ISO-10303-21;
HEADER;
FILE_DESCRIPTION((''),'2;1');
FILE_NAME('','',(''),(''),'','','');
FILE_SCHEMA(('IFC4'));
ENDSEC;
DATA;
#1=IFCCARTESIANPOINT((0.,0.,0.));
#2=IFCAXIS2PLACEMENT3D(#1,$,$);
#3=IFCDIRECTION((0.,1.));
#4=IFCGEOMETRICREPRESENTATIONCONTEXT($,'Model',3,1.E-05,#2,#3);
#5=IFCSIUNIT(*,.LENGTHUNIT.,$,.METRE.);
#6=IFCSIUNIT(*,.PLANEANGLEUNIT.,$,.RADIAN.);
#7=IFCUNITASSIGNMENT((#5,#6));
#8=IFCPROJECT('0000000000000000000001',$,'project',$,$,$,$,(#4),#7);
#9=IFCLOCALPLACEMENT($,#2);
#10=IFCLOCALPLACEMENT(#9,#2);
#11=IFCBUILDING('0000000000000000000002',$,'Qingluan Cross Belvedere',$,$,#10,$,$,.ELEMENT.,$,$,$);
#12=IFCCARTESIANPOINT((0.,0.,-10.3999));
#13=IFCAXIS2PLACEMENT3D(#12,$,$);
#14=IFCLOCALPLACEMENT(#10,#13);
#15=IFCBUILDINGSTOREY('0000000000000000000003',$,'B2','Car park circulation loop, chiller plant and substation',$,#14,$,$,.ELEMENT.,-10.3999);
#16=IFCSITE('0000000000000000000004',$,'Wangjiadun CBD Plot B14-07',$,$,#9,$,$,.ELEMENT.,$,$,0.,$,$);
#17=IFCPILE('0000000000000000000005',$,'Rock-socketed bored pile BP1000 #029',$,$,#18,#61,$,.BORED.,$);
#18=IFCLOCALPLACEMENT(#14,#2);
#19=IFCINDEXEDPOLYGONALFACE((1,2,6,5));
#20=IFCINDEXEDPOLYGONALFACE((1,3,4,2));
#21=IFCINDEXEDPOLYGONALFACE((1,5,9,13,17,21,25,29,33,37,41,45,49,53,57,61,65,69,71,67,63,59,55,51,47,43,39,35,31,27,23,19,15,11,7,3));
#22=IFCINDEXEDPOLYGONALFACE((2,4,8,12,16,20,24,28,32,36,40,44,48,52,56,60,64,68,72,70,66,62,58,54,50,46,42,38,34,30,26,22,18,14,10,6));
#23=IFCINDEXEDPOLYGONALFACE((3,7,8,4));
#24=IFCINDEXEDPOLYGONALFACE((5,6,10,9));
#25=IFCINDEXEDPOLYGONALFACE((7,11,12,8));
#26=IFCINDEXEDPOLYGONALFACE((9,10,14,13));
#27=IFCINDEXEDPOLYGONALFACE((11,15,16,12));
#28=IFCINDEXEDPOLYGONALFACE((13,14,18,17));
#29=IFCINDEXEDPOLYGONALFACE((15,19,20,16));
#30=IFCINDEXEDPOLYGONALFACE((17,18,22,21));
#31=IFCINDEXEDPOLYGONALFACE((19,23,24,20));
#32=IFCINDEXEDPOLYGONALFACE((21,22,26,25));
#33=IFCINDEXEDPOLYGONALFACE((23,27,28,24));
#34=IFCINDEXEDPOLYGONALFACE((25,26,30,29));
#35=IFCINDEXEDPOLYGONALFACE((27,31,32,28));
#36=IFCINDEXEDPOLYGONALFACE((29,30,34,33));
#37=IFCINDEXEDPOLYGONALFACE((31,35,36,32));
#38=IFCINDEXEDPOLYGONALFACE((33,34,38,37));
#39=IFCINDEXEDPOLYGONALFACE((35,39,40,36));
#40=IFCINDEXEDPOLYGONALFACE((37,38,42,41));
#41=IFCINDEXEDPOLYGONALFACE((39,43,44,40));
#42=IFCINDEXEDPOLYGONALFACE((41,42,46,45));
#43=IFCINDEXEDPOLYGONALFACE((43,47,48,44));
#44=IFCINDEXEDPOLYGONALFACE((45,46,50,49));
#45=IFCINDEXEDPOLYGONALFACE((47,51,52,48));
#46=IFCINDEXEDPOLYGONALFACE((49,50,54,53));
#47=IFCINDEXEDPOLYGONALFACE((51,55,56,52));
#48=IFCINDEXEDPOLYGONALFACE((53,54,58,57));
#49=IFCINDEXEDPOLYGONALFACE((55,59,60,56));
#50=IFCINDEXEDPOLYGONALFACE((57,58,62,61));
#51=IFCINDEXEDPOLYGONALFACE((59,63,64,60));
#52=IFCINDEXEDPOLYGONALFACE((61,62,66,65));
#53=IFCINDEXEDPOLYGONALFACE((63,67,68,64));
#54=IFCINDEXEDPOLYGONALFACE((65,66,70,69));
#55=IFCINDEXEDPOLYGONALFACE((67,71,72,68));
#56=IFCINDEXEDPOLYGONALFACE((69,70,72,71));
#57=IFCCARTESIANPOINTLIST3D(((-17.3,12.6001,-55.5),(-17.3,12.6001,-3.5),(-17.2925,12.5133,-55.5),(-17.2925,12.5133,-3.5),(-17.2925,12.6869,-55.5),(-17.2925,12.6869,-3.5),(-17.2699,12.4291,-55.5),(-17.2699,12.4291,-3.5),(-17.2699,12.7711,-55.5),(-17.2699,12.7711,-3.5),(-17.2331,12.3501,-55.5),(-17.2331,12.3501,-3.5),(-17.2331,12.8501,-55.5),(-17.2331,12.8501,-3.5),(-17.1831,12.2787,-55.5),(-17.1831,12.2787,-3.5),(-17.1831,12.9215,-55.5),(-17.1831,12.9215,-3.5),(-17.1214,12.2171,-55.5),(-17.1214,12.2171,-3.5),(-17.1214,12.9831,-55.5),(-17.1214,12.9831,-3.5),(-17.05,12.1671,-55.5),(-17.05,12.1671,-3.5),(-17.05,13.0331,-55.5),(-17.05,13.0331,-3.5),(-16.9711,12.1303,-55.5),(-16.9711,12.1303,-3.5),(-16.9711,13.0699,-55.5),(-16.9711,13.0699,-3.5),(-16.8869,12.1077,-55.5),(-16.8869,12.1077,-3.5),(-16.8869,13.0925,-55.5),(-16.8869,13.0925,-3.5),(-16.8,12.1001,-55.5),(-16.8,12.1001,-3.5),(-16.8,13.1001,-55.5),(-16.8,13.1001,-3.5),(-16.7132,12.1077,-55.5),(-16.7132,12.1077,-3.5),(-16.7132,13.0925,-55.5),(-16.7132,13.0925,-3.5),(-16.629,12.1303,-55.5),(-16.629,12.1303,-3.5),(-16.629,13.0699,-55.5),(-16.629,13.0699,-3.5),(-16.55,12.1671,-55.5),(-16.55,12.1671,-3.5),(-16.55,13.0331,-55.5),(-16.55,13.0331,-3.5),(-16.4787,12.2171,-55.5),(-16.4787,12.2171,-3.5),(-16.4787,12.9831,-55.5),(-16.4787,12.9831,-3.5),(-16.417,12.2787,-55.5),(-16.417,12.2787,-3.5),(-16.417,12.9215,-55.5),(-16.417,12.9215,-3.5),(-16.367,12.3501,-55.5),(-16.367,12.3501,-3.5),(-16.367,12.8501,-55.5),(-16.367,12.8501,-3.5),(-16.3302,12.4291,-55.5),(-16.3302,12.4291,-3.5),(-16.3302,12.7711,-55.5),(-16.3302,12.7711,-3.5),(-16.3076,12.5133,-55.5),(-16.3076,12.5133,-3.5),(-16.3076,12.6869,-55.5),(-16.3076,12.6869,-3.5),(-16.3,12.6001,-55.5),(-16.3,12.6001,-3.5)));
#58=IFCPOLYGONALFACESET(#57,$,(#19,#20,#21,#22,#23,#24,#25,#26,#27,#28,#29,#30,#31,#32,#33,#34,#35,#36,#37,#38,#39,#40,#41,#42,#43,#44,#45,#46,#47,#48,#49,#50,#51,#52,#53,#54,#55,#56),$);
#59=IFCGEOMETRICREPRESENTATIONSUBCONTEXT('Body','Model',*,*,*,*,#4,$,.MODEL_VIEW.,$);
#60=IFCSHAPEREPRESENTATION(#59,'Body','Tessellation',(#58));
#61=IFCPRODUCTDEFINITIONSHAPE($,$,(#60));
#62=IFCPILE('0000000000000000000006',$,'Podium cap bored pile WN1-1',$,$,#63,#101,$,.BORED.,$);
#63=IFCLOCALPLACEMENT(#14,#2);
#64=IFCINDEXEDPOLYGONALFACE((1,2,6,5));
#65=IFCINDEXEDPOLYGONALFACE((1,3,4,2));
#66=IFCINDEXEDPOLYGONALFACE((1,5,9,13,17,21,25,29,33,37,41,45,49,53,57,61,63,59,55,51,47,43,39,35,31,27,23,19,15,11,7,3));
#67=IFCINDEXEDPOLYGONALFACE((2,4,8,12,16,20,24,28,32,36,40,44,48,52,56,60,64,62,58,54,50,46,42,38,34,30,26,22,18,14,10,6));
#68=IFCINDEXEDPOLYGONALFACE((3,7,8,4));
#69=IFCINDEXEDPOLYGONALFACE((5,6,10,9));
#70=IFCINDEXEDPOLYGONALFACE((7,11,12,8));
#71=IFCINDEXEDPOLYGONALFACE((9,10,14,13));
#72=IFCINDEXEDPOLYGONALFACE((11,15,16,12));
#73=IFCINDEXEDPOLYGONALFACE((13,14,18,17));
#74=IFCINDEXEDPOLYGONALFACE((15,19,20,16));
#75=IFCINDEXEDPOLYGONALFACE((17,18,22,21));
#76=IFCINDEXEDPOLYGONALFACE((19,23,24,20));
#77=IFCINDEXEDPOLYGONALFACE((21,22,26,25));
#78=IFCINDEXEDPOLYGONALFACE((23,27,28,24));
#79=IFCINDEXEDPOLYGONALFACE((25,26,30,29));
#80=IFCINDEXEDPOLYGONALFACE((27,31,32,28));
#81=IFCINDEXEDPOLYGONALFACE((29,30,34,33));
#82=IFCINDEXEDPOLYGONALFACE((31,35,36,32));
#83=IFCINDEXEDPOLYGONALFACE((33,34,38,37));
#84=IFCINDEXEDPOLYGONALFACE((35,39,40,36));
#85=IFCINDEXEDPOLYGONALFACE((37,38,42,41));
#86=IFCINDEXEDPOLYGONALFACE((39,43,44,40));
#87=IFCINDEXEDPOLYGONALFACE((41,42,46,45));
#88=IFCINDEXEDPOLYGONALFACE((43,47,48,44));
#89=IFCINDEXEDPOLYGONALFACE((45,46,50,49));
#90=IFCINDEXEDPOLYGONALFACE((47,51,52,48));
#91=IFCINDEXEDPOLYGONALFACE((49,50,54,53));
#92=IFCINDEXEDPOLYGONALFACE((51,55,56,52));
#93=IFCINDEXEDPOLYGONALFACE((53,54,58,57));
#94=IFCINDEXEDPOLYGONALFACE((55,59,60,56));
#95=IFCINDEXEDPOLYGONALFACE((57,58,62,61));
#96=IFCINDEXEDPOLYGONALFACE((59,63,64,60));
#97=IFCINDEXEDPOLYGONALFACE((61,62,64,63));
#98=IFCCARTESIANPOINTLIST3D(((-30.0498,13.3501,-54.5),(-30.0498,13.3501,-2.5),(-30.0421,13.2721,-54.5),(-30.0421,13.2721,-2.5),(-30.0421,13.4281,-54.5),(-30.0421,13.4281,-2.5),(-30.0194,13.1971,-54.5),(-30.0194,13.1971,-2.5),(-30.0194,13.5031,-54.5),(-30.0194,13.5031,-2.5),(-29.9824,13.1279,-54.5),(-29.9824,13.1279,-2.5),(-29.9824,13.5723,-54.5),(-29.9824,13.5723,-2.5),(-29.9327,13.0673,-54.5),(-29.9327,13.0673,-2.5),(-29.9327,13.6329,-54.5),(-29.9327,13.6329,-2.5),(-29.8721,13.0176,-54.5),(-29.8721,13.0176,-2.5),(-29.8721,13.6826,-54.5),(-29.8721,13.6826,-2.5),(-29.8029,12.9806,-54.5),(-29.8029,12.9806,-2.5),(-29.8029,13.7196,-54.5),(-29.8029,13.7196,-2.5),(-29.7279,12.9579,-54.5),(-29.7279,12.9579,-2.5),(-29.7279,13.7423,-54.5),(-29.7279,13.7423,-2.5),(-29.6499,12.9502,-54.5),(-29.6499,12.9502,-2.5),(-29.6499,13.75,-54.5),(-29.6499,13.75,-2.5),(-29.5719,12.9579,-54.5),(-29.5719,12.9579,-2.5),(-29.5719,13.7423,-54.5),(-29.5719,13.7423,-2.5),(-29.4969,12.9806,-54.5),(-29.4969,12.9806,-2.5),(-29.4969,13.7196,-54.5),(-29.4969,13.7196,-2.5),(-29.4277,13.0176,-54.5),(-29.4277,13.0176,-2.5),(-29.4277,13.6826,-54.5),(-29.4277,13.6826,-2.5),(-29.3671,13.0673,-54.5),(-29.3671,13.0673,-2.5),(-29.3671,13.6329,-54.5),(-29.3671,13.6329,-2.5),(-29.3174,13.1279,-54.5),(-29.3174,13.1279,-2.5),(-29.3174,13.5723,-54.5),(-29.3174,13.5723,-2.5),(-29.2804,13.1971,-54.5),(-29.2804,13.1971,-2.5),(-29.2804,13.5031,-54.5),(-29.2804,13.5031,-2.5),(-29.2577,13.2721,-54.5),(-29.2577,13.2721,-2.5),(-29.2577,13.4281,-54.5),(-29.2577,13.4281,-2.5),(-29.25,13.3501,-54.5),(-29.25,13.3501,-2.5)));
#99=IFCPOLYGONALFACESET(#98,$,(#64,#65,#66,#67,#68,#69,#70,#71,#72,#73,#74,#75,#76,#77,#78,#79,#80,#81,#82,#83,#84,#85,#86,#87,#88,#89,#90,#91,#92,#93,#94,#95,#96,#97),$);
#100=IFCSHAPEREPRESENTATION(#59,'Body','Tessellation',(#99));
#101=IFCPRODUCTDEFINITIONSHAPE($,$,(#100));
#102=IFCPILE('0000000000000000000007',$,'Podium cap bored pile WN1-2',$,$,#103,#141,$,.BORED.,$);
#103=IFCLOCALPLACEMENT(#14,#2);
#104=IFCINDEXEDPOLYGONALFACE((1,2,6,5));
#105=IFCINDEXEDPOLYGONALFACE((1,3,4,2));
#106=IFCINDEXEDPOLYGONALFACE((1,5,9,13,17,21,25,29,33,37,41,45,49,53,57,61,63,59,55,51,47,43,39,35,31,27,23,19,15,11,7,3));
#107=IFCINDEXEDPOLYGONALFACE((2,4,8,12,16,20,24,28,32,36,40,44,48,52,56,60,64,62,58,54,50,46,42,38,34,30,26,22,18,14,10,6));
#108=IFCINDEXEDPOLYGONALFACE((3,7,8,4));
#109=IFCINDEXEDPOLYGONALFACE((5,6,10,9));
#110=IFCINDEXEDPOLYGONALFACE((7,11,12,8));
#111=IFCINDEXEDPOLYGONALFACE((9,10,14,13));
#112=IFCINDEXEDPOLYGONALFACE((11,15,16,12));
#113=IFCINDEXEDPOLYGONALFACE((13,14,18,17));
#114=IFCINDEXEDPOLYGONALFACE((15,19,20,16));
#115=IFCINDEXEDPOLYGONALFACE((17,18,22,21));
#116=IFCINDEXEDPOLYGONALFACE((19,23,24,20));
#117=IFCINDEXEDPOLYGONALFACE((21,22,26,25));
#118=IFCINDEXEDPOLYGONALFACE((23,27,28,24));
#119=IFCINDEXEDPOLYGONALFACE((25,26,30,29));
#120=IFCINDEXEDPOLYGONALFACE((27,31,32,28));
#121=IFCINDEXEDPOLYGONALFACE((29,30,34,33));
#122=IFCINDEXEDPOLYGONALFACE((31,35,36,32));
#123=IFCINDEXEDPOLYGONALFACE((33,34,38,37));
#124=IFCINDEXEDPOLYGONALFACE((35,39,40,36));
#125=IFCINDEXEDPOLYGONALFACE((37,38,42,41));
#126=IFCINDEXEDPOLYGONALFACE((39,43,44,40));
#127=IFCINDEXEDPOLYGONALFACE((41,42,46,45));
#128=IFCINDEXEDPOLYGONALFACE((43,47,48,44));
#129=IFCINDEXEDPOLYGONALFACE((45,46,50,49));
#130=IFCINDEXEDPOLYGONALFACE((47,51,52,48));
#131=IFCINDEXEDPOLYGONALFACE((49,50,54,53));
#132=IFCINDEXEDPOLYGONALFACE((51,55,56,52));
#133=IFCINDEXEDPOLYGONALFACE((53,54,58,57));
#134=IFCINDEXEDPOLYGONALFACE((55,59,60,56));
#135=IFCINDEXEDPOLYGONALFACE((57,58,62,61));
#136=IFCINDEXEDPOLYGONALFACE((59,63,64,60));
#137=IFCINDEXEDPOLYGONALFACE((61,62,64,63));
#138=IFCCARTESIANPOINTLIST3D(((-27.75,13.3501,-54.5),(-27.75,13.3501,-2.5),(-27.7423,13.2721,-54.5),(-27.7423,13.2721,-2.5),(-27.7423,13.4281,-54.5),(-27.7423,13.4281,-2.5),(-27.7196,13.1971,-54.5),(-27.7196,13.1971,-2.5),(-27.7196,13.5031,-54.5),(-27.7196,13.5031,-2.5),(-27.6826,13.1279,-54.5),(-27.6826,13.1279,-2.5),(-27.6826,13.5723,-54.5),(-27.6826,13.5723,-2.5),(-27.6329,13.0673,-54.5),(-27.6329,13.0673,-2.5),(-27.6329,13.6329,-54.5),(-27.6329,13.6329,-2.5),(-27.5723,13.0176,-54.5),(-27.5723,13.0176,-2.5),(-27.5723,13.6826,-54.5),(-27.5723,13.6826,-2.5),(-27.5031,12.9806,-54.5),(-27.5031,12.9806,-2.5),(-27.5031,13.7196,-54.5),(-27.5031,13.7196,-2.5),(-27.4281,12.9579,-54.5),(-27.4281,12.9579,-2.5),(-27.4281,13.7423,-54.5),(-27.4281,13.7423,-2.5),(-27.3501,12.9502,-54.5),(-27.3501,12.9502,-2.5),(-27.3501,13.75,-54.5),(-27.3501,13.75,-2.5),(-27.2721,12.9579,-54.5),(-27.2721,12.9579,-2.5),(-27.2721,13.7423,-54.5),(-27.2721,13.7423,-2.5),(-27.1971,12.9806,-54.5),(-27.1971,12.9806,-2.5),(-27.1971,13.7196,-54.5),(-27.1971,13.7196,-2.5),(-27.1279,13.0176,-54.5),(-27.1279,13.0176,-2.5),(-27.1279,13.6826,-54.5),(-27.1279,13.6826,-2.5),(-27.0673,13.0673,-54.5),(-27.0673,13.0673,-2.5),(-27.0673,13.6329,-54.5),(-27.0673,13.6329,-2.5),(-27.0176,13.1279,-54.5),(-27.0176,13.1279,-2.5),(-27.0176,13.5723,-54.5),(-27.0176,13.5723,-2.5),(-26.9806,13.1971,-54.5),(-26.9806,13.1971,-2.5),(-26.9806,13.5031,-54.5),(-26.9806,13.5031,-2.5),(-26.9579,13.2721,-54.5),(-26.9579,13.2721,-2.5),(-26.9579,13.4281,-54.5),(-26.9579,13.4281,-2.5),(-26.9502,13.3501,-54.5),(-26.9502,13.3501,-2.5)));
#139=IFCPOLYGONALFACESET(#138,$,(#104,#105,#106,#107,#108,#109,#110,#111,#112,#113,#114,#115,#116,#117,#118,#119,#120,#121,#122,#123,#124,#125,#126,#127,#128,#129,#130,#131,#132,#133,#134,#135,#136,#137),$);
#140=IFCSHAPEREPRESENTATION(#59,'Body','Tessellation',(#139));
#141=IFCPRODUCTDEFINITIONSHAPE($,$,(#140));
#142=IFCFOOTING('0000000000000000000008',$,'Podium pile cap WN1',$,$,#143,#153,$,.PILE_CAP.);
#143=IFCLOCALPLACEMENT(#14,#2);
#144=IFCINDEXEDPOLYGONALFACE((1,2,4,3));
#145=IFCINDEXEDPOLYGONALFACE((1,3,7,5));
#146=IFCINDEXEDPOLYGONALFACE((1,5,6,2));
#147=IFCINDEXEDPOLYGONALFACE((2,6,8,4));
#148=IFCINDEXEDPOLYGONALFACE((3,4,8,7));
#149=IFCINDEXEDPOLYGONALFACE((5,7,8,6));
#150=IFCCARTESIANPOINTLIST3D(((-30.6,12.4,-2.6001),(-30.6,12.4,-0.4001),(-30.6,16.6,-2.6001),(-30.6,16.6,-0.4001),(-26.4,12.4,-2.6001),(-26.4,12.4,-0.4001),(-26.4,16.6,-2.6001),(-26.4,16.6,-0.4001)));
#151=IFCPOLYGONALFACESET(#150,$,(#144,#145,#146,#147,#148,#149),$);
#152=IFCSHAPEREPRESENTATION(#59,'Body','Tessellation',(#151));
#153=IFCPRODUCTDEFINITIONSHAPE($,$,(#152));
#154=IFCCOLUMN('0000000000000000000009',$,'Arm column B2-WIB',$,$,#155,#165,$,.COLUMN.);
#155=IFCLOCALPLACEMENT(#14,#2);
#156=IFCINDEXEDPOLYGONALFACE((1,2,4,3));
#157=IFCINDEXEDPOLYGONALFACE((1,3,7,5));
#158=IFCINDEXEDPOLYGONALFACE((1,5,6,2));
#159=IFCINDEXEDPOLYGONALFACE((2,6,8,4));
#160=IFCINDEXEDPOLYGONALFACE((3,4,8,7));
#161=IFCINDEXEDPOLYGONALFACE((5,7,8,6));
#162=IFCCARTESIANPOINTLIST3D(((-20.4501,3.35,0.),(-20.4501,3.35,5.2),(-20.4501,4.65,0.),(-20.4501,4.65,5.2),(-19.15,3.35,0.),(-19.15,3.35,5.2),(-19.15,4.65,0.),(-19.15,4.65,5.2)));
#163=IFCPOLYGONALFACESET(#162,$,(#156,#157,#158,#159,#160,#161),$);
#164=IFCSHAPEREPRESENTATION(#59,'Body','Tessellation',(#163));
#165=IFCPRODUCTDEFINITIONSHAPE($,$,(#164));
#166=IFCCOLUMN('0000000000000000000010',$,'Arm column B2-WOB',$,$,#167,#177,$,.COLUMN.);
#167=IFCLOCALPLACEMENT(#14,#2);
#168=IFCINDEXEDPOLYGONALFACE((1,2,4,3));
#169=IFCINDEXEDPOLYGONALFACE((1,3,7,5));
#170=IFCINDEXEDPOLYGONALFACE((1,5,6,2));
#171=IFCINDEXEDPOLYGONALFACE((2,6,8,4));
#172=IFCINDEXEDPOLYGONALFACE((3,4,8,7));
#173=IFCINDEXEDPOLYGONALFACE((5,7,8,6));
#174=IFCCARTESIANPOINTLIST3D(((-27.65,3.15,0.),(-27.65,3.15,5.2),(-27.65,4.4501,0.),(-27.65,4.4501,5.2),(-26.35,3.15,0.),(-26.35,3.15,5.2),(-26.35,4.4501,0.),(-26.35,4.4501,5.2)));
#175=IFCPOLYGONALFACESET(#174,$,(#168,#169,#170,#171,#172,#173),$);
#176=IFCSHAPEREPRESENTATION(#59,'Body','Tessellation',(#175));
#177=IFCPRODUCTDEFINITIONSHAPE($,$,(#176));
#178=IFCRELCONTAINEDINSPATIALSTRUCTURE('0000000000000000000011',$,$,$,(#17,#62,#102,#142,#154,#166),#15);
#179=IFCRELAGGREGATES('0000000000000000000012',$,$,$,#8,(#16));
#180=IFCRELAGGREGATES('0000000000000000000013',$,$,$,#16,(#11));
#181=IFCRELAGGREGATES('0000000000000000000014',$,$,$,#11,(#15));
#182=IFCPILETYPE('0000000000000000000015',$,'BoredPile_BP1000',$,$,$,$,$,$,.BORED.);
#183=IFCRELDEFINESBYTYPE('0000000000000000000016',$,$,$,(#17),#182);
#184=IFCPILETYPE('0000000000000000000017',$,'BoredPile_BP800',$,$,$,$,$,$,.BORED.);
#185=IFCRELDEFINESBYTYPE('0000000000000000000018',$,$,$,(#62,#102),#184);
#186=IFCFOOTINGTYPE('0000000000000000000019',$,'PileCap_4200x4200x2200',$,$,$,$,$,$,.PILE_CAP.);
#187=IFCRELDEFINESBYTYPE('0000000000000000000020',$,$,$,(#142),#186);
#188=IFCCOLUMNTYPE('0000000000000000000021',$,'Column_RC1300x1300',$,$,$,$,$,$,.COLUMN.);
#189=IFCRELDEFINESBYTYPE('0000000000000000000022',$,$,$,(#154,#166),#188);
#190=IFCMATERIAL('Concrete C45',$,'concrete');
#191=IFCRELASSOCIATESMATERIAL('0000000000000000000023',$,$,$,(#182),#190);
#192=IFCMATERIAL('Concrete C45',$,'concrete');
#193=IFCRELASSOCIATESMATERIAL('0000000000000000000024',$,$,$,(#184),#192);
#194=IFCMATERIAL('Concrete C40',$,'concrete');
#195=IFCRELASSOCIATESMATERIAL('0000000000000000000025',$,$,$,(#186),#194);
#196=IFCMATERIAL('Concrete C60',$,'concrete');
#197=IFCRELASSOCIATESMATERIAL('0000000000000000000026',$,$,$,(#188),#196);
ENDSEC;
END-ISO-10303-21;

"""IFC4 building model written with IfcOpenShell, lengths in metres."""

from ifc_helpers import new_model, si_unit, direction, frame, origin, origin_2d, place, context, subcontext, project, spatial, rectangle, circle, extrude, material, material_profile, profile_set, type_object, element, save


model = new_model("IFC4")

# Units and contexts
model_context = context("Model", 3, precision=1e-05, world=origin(), true_north=direction((0.0, 1.0)))
body_context = subcontext(model_context, "Body", "Model", "MODEL_VIEW")
ifc_project = project(units=[si_unit("LENGTHUNIT", "METRE"), si_unit("PLANEANGLEUNIT", "RADIAN")], contexts=[model_context])

# Site, building, storey
site_placement = place(None, origin())
site = spatial("IfcSite", under=ifc_project, at=site_placement, Name="Wangjiadun CBD Plot B14-07", CompositionType="ELEMENT", RefElevation=0.0)
building_placement = place(site_placement, origin())
building = spatial("IfcBuilding", under=site, at=building_placement, Name="Qingluan Cross Belvedere", CompositionType="ELEMENT")
storey_placement = place(building_placement, frame((0.0, 0.0, -10.3999)))
storey = spatial("IfcBuildingStorey", under=building, at=storey_placement, Name="B2", Description="Car park circulation loop, chiller plant and substation", CompositionType="ELEMENT", Elevation=-10.3999)

# Piles
ifc_material_1 = material(Name="Concrete C45", Category="concrete")
ifc_material_profile_1 = material_profile(ifc_material_1, circle(Radius=0.5, at=origin_2d()), Name="BP1000")
ifc_profile_set_1 = profile_set([ifc_material_profile_1], Name="Concrete C45")
pile_type_1 = type_object("IfcPileType", Name="BoredPile_BP1000", PredefinedType="BORED", material=ifc_profile_set_1)
for number, where, z_axis, x_axis, name in (
    (1, (-16.8, 12.6001, -3.5), (0.0, 0.0, -1.0), (1.0, 0.0, 0.0), "Rock-socketed bored pile BP1000 #029"),
):
    element("IfcPile", number, at=place(storey_placement, frame(where, z_axis=z_axis, x_axis=x_axis)), inside=storey, type_object=pile_type_1, Name=name, PredefinedType="BORED", context=body_context, shape_type="SweptSolid", body=[
        extrude(circle(Radius=0.5, at=origin_2d()), origin(), (0.0, 0.0, 1.0), 52.0),
    ])
ifc_material_2 = material(Name="Concrete C45", Category="concrete")
ifc_material_profile_2 = material_profile(ifc_material_2, circle(Radius=0.3999, at=origin_2d()), Name="BP800")
ifc_profile_set_2 = profile_set([ifc_material_profile_2], Name="Concrete C45")
pile_type_2 = type_object("IfcPileType", Name="BoredPile_BP800", PredefinedType="BORED", material=ifc_profile_set_2)
for number, where, z_axis, x_axis, name in (
    (2, (-29.6499, 13.3501, -2.5), (0.0, 0.0, -1.0), (1.0, 0.0, 0.0), "Podium cap bored pile WN1-1"),
    (3, (-27.3501, 13.3501, -2.5), (0.0, 0.0, -1.0), (1.0, 0.0, 0.0), "Podium cap bored pile WN1-2"),
):
    element("IfcPile", number, at=place(storey_placement, frame(where, z_axis=z_axis, x_axis=x_axis)), inside=storey, type_object=pile_type_2, Name=name, PredefinedType="BORED", context=body_context, shape_type="SweptSolid", body=[
        extrude(circle(Radius=0.3999, at=origin_2d()), origin(), (0.0, 0.0, 1.0), 52.0),
    ])

# Footing
ifc_material_3 = material(Name="Concrete C40", Category="concrete")
footing_type = type_object("IfcFootingType", Name="PileCap_4200x4200x2200", PredefinedType="PILE_CAP", material=ifc_material_3)
footing_placement = place(storey_placement, frame((-28.5, 14.5, -2.6001), z_axis=(0.0, 0.0, 1.0), x_axis=(1.0, 0.0, 0.0)))
element("IfcFooting", 4, at=footing_placement, inside=storey, type_object=footing_type, Name="Podium pile cap WN1", PredefinedType="PILE_CAP", context=body_context, shape_type="SweptSolid", body=[
    extrude(rectangle(XDim=4.2, YDim=4.2, at=origin_2d()), origin(), (0.0, 0.0, 1.0), 2.2),
])

# Columns
ifc_material_4 = material(Name="Concrete C60", Category="concrete")
ifc_material_profile_3 = material_profile(ifc_material_4, rectangle(XDim=1.3, YDim=1.3, at=origin_2d()), Name="RC1300x1300")
ifc_profile_set_3 = profile_set([ifc_material_profile_3], Name="Concrete C60")
column_type_1 = type_object("IfcColumnType", Name="Column_RC1300x1300", PredefinedType="COLUMN", material=ifc_profile_set_3)
for number, where, z_axis, x_axis, name in (
    (5, (-19.8, 4.0, 0.0), (0.0, 0.0, 1.0), (1.0, 0.0, 0.0), "Arm column B2-WIB"),
    (6, (-27.0, 3.8, 0.0), (0.0, 0.0, 1.0), (1.0, 0.0, 0.0), "Arm column B2-WOB"),
):
    element("IfcColumn", number, at=place(storey_placement, frame(where, z_axis=z_axis, x_axis=x_axis)), inside=storey, type_object=column_type_1, Name=name, PredefinedType="COLUMN", context=body_context, shape_type="SweptSolid", body=[
        extrude(rectangle(XDim=1.3, YDim=1.3, at=origin_2d()), origin(), (0.0, 0.0, 1.0), 5.2),
    ])

save(model, "model.ifc")
